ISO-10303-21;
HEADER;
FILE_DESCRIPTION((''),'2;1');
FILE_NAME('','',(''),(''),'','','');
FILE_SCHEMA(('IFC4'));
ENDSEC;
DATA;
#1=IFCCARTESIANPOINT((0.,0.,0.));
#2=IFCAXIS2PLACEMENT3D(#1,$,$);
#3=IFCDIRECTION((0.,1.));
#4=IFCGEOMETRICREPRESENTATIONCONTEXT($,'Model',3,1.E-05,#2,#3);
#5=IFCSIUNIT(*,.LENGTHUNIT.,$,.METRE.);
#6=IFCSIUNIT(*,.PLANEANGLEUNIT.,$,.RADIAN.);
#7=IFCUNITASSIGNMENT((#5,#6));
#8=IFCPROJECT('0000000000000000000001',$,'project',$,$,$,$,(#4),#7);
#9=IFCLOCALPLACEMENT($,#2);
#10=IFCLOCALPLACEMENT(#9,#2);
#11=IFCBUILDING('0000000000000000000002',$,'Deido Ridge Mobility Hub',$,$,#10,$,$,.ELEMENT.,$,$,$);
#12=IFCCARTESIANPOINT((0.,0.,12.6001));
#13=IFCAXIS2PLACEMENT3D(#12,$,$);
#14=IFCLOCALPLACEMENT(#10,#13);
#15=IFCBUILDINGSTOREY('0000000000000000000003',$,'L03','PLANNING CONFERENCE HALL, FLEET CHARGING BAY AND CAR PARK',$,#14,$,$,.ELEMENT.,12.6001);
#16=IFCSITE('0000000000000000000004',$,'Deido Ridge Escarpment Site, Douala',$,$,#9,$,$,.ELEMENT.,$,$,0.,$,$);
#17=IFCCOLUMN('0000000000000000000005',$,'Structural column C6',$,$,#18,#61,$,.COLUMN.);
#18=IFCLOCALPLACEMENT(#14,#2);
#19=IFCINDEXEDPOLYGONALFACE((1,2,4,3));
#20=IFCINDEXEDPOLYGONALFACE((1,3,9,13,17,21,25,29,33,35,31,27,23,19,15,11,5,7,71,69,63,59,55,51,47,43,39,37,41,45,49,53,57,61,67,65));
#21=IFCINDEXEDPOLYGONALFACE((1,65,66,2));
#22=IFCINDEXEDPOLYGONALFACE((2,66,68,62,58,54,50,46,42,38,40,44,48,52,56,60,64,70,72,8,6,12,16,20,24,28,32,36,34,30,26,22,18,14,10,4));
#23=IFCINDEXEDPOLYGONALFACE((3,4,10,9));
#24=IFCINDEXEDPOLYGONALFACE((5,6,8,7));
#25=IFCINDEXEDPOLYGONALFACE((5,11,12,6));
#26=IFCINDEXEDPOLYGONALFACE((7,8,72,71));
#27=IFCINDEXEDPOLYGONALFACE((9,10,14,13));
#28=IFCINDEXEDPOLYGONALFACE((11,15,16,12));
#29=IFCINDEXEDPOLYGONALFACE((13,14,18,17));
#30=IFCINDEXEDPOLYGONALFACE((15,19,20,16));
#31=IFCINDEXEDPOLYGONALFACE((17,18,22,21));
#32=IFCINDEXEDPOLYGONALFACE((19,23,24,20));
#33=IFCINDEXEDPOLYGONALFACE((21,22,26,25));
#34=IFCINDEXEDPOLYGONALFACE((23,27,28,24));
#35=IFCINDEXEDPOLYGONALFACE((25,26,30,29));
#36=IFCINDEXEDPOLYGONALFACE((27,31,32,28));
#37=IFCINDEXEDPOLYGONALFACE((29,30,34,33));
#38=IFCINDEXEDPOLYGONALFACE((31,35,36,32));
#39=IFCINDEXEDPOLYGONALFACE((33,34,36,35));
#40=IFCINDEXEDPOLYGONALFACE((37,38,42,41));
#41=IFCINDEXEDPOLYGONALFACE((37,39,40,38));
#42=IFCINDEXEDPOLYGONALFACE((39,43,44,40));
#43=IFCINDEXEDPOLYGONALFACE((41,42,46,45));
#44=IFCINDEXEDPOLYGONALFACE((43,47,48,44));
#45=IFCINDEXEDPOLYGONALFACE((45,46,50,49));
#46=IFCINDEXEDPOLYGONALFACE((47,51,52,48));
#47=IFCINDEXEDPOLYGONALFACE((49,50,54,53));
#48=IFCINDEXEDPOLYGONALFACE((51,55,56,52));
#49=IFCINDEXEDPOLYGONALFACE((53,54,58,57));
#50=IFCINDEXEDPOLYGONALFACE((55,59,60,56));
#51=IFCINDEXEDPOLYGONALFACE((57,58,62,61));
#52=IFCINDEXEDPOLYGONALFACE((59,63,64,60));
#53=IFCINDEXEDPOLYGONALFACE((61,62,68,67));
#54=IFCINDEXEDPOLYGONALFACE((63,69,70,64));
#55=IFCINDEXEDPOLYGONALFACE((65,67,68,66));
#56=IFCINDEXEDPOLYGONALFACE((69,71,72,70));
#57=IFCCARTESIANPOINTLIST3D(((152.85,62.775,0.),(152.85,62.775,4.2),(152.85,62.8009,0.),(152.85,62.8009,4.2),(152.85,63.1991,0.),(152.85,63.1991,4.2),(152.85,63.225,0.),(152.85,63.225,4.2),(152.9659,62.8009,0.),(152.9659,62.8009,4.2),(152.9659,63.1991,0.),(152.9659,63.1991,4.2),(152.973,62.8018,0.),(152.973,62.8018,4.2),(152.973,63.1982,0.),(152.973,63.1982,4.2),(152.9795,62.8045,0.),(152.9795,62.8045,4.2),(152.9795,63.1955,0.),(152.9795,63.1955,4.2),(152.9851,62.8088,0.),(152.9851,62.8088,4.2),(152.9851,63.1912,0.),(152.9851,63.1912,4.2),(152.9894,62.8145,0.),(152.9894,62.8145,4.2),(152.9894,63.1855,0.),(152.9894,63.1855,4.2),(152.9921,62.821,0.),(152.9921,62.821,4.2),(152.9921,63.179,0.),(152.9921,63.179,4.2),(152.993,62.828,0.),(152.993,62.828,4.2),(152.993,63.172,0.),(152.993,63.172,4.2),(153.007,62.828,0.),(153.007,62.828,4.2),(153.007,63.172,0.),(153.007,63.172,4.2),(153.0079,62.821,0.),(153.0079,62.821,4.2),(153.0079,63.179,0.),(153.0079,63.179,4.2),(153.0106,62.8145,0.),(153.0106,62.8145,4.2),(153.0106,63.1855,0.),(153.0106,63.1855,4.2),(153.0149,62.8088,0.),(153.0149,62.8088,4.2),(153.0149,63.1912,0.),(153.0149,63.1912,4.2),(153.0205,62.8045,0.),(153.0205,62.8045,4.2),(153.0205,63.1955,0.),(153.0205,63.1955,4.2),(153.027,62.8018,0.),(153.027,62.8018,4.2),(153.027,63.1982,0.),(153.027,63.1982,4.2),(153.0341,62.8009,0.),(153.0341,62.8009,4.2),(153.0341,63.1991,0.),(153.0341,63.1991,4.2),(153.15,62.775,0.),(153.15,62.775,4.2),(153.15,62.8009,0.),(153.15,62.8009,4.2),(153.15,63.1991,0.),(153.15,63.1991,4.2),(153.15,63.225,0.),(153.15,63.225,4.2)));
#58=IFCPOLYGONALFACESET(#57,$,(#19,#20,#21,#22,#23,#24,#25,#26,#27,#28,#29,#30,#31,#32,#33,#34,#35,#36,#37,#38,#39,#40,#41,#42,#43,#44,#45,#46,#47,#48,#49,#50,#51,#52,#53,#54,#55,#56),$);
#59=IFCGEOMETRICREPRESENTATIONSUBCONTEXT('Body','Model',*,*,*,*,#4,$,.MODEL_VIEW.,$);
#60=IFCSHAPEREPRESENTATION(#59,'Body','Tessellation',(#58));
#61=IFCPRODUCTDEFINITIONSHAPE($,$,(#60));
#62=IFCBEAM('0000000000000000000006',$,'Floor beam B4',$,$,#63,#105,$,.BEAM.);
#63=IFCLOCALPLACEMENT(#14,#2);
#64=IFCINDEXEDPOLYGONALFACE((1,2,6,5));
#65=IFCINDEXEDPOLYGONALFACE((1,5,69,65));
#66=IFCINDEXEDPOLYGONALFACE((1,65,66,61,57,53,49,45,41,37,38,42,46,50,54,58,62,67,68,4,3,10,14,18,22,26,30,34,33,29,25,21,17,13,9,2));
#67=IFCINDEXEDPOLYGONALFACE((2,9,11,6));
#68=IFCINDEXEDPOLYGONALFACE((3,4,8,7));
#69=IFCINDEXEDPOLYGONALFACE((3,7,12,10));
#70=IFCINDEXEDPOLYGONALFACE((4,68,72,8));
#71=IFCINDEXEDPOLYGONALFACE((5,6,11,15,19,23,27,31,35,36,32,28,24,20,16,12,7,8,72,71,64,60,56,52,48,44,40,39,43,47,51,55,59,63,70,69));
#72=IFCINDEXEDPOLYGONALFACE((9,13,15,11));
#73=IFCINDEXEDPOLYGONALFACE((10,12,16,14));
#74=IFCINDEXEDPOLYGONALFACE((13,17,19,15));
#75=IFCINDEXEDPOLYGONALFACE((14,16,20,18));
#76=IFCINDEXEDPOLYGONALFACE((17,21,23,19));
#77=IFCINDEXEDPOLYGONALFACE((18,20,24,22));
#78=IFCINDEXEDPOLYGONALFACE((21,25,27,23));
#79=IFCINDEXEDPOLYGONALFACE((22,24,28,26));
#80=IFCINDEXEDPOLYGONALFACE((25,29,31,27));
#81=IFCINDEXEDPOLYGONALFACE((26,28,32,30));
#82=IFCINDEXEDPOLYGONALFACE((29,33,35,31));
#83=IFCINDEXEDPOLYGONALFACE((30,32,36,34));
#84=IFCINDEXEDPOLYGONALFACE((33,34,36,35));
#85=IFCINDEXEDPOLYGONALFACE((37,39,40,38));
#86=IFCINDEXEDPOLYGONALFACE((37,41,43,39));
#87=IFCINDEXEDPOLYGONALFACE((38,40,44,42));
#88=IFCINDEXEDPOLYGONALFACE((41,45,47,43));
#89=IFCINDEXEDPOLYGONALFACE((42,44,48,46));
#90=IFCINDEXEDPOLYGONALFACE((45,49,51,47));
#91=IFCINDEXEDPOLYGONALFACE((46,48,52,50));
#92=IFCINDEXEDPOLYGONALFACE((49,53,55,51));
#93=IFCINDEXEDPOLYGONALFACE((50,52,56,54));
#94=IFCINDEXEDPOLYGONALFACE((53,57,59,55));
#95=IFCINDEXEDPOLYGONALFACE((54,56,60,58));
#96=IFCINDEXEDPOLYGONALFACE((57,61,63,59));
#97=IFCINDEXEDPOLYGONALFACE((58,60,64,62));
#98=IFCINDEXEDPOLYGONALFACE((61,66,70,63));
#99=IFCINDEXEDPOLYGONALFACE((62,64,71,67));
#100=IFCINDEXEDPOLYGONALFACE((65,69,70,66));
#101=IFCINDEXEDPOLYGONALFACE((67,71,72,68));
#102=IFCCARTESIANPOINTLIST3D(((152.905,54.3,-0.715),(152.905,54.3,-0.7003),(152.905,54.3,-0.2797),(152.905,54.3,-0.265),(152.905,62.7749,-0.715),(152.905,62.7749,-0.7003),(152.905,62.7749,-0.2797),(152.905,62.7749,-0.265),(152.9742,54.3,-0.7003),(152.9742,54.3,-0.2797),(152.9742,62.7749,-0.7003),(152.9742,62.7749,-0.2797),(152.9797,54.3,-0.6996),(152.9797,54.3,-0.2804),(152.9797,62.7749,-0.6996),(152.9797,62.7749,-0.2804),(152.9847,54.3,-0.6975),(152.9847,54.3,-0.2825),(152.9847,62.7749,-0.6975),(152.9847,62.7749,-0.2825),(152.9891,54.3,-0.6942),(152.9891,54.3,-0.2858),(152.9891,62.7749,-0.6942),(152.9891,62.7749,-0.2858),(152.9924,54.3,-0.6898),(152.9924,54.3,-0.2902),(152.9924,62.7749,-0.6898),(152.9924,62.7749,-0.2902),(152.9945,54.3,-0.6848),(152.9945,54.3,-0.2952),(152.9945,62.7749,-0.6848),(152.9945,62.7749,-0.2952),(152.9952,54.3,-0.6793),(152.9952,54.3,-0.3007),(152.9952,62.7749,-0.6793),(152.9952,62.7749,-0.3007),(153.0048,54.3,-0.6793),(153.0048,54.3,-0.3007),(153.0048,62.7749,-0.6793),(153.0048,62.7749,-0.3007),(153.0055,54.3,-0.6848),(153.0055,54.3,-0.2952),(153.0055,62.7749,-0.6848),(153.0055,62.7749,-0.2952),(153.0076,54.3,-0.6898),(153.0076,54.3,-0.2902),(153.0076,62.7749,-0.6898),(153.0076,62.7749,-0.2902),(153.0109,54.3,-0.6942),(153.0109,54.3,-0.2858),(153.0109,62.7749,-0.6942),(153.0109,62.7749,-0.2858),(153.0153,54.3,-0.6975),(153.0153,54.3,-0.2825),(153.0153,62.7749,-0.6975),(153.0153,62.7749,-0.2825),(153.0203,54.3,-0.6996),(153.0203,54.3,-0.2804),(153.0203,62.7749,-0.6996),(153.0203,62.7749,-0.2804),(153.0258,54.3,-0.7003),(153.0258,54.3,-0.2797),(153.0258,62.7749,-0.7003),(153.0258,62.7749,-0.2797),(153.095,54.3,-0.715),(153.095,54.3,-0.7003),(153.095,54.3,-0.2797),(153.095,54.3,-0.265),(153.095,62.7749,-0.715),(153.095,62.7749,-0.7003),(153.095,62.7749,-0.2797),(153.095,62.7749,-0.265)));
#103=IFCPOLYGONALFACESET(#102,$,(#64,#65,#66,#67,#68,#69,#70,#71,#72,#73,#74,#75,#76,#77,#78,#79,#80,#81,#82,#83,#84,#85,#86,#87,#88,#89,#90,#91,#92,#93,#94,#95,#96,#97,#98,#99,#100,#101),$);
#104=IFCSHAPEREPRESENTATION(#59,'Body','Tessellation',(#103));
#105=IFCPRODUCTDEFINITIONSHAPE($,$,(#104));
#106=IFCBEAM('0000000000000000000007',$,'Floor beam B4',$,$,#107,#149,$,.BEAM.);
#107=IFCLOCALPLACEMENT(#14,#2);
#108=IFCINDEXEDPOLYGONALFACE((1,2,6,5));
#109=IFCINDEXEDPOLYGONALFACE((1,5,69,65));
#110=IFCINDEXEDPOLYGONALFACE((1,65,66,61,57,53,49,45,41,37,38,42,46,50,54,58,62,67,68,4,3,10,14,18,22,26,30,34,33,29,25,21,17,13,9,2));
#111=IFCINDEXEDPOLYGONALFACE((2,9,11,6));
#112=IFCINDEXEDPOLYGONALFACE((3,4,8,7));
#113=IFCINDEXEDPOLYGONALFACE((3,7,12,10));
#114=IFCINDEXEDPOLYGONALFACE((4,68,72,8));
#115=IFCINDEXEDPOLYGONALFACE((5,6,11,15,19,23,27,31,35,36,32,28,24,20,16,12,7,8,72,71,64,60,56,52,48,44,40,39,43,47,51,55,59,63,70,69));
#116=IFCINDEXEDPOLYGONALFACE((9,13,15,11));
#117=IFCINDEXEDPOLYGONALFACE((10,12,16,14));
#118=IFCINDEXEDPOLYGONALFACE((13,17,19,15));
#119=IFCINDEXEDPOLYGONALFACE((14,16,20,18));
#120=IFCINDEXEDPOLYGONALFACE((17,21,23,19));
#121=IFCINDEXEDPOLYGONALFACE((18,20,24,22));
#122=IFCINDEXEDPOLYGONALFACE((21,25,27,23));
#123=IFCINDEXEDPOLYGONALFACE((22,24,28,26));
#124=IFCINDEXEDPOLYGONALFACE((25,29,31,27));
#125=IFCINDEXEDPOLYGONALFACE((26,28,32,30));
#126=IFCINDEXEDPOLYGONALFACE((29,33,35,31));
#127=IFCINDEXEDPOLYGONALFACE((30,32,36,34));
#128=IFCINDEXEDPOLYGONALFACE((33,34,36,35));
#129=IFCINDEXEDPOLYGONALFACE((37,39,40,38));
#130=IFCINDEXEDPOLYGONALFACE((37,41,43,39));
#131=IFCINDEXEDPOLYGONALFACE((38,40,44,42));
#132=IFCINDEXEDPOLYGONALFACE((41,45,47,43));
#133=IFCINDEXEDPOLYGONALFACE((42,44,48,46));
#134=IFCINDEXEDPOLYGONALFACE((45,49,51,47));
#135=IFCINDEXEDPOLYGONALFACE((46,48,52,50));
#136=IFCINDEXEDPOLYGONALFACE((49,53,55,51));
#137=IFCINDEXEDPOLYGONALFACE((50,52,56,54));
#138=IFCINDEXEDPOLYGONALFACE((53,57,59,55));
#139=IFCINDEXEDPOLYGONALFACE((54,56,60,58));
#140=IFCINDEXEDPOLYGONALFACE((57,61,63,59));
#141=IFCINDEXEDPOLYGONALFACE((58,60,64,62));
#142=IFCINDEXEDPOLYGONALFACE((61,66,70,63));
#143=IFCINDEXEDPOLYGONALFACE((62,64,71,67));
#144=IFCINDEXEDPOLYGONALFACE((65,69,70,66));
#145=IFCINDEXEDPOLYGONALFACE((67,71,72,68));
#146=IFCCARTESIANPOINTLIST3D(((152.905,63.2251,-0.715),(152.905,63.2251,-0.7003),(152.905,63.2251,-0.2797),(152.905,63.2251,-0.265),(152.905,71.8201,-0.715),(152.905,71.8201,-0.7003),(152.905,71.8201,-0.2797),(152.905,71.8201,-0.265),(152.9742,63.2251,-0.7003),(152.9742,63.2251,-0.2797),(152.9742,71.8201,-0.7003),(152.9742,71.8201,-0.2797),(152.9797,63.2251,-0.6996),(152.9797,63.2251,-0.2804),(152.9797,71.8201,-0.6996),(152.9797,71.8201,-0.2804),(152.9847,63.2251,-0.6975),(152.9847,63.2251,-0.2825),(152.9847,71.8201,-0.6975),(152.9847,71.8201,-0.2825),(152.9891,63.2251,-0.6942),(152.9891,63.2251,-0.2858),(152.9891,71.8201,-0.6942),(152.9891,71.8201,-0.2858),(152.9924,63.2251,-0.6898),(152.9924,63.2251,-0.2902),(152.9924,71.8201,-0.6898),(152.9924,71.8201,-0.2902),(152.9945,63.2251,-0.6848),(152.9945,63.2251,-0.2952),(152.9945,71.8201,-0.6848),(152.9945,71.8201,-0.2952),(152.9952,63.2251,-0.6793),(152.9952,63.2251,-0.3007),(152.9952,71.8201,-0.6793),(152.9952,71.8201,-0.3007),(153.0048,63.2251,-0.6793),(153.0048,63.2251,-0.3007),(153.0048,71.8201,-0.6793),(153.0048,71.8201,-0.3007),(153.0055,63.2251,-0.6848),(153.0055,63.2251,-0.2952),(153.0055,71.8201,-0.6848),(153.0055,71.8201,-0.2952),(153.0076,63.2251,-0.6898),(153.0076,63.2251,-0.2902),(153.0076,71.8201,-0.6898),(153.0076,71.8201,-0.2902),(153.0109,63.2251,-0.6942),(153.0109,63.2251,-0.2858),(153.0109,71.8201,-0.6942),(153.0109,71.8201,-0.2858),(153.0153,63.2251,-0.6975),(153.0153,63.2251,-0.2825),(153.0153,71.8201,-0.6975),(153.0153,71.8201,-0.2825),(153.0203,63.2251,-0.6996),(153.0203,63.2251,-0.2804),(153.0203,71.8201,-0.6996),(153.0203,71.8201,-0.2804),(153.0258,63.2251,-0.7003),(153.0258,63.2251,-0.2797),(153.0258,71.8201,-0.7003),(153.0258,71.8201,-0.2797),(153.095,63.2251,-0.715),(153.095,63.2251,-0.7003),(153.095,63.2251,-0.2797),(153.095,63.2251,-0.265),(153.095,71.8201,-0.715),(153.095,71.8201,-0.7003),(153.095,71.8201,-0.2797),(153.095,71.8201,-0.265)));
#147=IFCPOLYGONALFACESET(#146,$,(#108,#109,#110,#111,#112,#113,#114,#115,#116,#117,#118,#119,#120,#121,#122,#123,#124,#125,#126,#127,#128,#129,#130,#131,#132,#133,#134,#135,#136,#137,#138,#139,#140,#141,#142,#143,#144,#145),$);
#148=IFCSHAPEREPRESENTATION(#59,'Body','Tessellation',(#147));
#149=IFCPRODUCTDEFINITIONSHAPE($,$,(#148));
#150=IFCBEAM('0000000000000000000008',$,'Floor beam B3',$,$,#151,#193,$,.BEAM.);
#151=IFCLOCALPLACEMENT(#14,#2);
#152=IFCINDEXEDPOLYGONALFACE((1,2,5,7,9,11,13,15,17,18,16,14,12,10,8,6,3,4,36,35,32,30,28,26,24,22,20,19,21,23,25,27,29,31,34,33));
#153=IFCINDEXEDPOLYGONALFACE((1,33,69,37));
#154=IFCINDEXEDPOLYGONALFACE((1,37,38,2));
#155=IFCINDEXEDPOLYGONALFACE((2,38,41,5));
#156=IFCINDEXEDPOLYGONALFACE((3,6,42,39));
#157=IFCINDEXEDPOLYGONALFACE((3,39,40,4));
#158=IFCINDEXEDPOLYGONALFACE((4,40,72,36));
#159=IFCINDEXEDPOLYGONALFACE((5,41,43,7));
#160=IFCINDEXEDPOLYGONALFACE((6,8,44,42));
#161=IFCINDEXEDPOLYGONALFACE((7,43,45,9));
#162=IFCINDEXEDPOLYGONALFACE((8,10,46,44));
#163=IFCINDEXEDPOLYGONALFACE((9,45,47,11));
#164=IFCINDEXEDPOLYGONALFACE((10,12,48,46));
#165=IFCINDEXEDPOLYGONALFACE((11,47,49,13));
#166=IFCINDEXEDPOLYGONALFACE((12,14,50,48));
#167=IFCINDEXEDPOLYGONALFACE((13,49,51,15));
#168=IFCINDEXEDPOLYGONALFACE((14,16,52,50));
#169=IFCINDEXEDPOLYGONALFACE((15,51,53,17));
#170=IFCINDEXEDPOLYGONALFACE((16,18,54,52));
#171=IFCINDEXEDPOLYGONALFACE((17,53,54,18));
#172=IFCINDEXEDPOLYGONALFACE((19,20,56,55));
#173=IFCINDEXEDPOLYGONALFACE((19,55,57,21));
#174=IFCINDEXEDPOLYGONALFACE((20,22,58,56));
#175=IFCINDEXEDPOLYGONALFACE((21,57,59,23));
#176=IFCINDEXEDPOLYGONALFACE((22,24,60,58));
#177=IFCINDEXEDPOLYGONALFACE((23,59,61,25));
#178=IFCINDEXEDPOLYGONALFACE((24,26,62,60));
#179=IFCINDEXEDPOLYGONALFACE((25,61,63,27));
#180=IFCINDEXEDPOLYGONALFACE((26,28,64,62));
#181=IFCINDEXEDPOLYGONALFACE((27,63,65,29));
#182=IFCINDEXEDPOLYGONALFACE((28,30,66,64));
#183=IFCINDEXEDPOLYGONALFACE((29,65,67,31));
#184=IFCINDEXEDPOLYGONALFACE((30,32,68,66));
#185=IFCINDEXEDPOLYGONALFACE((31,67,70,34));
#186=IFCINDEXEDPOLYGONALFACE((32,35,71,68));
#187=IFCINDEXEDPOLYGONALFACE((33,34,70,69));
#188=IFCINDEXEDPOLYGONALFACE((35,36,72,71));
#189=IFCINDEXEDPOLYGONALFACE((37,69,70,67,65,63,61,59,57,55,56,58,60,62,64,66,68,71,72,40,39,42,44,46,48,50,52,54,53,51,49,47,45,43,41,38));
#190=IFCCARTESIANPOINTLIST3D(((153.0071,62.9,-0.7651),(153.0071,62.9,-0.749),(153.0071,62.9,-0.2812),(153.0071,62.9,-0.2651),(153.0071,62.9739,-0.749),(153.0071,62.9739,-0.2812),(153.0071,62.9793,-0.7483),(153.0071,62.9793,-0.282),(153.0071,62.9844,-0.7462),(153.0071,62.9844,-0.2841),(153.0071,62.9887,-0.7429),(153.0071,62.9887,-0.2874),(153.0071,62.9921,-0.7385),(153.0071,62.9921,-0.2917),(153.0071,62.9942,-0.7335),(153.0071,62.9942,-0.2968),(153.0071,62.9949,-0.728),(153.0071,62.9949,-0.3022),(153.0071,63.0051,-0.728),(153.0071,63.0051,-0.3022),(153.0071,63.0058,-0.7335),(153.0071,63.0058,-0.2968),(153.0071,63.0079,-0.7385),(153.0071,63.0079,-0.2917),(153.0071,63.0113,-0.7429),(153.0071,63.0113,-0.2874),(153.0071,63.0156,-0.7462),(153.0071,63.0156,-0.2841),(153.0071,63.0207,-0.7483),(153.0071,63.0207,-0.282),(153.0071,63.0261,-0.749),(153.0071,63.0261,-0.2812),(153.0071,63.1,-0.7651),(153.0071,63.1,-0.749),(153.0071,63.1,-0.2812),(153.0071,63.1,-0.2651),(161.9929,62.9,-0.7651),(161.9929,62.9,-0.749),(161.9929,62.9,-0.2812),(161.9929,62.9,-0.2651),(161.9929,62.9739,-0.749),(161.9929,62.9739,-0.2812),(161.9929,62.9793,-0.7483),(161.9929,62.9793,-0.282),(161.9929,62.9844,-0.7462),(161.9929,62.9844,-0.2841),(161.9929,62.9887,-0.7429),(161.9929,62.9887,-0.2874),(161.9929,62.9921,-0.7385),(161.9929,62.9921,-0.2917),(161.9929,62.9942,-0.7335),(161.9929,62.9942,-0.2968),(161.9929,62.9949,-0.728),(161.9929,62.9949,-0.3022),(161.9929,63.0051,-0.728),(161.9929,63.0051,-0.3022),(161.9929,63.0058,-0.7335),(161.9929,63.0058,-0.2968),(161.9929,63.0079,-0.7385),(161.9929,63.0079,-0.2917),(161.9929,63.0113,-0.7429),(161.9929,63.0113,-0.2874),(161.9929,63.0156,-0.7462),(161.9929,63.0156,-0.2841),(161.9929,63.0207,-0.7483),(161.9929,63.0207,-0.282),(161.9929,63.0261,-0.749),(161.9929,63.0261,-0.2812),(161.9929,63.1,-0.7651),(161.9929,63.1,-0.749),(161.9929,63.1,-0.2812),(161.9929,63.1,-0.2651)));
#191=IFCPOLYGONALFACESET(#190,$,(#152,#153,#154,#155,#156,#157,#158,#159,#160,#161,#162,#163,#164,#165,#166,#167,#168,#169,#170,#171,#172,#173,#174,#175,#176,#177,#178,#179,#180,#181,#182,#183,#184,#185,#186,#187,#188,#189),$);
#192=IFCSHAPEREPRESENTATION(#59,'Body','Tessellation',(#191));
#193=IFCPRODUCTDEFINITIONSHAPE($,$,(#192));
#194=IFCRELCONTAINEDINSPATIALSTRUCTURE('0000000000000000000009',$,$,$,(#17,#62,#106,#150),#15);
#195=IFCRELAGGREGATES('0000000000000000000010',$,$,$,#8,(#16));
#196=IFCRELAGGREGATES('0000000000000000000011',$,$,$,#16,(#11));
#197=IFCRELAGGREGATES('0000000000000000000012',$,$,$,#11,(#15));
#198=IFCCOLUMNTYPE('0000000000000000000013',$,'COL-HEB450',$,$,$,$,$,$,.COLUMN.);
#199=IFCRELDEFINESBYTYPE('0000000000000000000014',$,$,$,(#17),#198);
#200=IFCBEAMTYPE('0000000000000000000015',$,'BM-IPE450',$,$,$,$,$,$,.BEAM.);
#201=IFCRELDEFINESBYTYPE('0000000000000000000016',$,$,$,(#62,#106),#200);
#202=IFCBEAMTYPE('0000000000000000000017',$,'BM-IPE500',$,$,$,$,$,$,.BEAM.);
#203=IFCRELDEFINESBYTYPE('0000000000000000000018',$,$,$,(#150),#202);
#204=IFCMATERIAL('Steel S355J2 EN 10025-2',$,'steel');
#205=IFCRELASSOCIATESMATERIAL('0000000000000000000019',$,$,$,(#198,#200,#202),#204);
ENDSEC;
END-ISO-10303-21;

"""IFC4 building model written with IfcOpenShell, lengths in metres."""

from ifc_helpers import new_model, si_unit, direction, frame, origin, origin_2d, place, context, subcontext, project, spatial, i_section, extrude, material, material_profile, profile_set, type_object, element, save


model = new_model("IFC4")

# Units and contexts
model_context = context("Model", 3, precision=1e-05, world=origin(), true_north=direction((0.0, 1.0)))
body_context = subcontext(model_context, "Body", "Model", "MODEL_VIEW")
ifc_project = project(units=[si_unit("LENGTHUNIT", "METRE"), si_unit("PLANEANGLEUNIT", "RADIAN")], contexts=[model_context])

# Site, building, storey
site_placement = place(None, origin())
site = spatial("IfcSite", under=ifc_project, at=site_placement, Name="Deido Ridge Escarpment Site, Douala", CompositionType="ELEMENT", RefElevation=0.0)
building_placement = place(site_placement, origin())
building = spatial("IfcBuilding", under=site, at=building_placement, Name="Deido Ridge Mobility Hub", CompositionType="ELEMENT")
storey_placement = place(building_placement, frame((0.0, 0.0, 12.6001)))
storey = spatial("IfcBuildingStorey", under=building, at=storey_placement, Name="L03", Description="PLANNING CONFERENCE HALL, FLEET CHARGING BAY AND CAR PARK", CompositionType="ELEMENT", Elevation=12.6001)

# Column
ifc_material_1 = material(Name="Steel S355J2 EN 10025-2", Category="steel")
ifc_material_profile_1 = material_profile(ifc_material_1, i_section(OverallWidth=0.3, OverallDepth=0.45, WebThickness=0.0139, FlangeThickness=0.0259, FilletRadius=0.0271, at=origin_2d()), Name="HEB 450")
ifc_profile_set_1 = profile_set([ifc_material_profile_1], Name="Steel S355J2 EN 10025-2")
column_type_1 = type_object("IfcColumnType", Name="COL-HEB450", PredefinedType="COLUMN", material=ifc_profile_set_1)
for number, where, z_axis, x_axis, name in (
    (1, (153.0, 63.0, 0.0), (0.0, 0.0, 1.0), (1.0, 0.0, 0.0), "Structural column C6"),
):
    element("IfcColumn", number, at=place(storey_placement, frame(where, z_axis=z_axis, x_axis=x_axis)), inside=storey, type_object=column_type_1, Name=name, PredefinedType="COLUMN", context=body_context, shape_type="SweptSolid", body=[
        extrude(i_section(OverallWidth=0.3, OverallDepth=0.45, WebThickness=0.0139, FlangeThickness=0.0259, FilletRadius=0.0271, at=origin_2d()), origin(), (0.0, 0.0, 1.0), 4.2),
    ])

# Beams
ifc_material_profile_2 = material_profile(ifc_material_1, i_section(OverallWidth=0.1899, OverallDepth=0.45, WebThickness=0.0095, FlangeThickness=0.0146, FilletRadius=0.021, at=origin_2d()), Name="IPE 450")
ifc_profile_set_2 = profile_set([ifc_material_profile_2], Name="Steel S355J2 EN 10025-2")
beam_type_1 = type_object("IfcBeamType", Name="BM-IPE450", PredefinedType="BEAM", material=ifc_profile_set_2)
beam_1_placement = place(storey_placement, frame((153.0, 54.3, -0.49), z_axis=(0.0, 1.0, 0.0), x_axis=(-1.0, 0.0, 0.0)))
element("IfcBeam", 2, at=beam_1_placement, inside=storey, type_object=beam_type_1, Name="Floor beam B4", PredefinedType="BEAM", context=body_context, shape_type="SweptSolid", body=[
    extrude(i_section(OverallWidth=0.1899, OverallDepth=0.45, WebThickness=0.0095, FlangeThickness=0.0146, FilletRadius=0.021, at=origin_2d()), origin(), (0.0, 0.0, 1.0), 8.4749),
])
beam_2_placement = place(storey_placement, frame((153.0, 63.2251, -0.49), z_axis=(0.0, 1.0, 0.0), x_axis=(-1.0, 0.0, 0.0)))
element("IfcBeam", 3, at=beam_2_placement, inside=storey, type_object=beam_type_1, Name="Floor beam B4", PredefinedType="BEAM", context=body_context, shape_type="SweptSolid", body=[
    extrude(i_section(OverallWidth=0.1899, OverallDepth=0.45, WebThickness=0.0095, FlangeThickness=0.0146, FilletRadius=0.021, at=origin_2d()), origin(), (0.0, 0.0, 1.0), 8.595),
])
ifc_material_profile_3 = material_profile(ifc_material_1, i_section(OverallWidth=0.2, OverallDepth=0.5, WebThickness=0.0103, FlangeThickness=0.0161, FilletRadius=0.021, at=origin_2d()), Name="IPE 500")
ifc_profile_set_3 = profile_set([ifc_material_profile_3], Name="Steel S355J2 EN 10025-2")
beam_type_2 = type_object("IfcBeamType", Name="BM-IPE500", PredefinedType="BEAM", material=ifc_profile_set_3)
beam_3_placement = place(storey_placement, frame((153.0071, 63.0, -0.5151), z_axis=(1.0, 0.0, 0.0), x_axis=(0.0, 1.0, 0.0)))
element("IfcBeam", 4, at=beam_3_placement, inside=storey, type_object=beam_type_2, Name="Floor beam B3", PredefinedType="BEAM", context=body_context, shape_type="SweptSolid", body=[
    extrude(i_section(OverallWidth=0.2, OverallDepth=0.5, WebThickness=0.0103, FlangeThickness=0.0161, FilletRadius=0.021, at=origin_2d()), origin(), (0.0, 0.0, 1.0), 8.9858),
])

save(model, "model.ifc")
